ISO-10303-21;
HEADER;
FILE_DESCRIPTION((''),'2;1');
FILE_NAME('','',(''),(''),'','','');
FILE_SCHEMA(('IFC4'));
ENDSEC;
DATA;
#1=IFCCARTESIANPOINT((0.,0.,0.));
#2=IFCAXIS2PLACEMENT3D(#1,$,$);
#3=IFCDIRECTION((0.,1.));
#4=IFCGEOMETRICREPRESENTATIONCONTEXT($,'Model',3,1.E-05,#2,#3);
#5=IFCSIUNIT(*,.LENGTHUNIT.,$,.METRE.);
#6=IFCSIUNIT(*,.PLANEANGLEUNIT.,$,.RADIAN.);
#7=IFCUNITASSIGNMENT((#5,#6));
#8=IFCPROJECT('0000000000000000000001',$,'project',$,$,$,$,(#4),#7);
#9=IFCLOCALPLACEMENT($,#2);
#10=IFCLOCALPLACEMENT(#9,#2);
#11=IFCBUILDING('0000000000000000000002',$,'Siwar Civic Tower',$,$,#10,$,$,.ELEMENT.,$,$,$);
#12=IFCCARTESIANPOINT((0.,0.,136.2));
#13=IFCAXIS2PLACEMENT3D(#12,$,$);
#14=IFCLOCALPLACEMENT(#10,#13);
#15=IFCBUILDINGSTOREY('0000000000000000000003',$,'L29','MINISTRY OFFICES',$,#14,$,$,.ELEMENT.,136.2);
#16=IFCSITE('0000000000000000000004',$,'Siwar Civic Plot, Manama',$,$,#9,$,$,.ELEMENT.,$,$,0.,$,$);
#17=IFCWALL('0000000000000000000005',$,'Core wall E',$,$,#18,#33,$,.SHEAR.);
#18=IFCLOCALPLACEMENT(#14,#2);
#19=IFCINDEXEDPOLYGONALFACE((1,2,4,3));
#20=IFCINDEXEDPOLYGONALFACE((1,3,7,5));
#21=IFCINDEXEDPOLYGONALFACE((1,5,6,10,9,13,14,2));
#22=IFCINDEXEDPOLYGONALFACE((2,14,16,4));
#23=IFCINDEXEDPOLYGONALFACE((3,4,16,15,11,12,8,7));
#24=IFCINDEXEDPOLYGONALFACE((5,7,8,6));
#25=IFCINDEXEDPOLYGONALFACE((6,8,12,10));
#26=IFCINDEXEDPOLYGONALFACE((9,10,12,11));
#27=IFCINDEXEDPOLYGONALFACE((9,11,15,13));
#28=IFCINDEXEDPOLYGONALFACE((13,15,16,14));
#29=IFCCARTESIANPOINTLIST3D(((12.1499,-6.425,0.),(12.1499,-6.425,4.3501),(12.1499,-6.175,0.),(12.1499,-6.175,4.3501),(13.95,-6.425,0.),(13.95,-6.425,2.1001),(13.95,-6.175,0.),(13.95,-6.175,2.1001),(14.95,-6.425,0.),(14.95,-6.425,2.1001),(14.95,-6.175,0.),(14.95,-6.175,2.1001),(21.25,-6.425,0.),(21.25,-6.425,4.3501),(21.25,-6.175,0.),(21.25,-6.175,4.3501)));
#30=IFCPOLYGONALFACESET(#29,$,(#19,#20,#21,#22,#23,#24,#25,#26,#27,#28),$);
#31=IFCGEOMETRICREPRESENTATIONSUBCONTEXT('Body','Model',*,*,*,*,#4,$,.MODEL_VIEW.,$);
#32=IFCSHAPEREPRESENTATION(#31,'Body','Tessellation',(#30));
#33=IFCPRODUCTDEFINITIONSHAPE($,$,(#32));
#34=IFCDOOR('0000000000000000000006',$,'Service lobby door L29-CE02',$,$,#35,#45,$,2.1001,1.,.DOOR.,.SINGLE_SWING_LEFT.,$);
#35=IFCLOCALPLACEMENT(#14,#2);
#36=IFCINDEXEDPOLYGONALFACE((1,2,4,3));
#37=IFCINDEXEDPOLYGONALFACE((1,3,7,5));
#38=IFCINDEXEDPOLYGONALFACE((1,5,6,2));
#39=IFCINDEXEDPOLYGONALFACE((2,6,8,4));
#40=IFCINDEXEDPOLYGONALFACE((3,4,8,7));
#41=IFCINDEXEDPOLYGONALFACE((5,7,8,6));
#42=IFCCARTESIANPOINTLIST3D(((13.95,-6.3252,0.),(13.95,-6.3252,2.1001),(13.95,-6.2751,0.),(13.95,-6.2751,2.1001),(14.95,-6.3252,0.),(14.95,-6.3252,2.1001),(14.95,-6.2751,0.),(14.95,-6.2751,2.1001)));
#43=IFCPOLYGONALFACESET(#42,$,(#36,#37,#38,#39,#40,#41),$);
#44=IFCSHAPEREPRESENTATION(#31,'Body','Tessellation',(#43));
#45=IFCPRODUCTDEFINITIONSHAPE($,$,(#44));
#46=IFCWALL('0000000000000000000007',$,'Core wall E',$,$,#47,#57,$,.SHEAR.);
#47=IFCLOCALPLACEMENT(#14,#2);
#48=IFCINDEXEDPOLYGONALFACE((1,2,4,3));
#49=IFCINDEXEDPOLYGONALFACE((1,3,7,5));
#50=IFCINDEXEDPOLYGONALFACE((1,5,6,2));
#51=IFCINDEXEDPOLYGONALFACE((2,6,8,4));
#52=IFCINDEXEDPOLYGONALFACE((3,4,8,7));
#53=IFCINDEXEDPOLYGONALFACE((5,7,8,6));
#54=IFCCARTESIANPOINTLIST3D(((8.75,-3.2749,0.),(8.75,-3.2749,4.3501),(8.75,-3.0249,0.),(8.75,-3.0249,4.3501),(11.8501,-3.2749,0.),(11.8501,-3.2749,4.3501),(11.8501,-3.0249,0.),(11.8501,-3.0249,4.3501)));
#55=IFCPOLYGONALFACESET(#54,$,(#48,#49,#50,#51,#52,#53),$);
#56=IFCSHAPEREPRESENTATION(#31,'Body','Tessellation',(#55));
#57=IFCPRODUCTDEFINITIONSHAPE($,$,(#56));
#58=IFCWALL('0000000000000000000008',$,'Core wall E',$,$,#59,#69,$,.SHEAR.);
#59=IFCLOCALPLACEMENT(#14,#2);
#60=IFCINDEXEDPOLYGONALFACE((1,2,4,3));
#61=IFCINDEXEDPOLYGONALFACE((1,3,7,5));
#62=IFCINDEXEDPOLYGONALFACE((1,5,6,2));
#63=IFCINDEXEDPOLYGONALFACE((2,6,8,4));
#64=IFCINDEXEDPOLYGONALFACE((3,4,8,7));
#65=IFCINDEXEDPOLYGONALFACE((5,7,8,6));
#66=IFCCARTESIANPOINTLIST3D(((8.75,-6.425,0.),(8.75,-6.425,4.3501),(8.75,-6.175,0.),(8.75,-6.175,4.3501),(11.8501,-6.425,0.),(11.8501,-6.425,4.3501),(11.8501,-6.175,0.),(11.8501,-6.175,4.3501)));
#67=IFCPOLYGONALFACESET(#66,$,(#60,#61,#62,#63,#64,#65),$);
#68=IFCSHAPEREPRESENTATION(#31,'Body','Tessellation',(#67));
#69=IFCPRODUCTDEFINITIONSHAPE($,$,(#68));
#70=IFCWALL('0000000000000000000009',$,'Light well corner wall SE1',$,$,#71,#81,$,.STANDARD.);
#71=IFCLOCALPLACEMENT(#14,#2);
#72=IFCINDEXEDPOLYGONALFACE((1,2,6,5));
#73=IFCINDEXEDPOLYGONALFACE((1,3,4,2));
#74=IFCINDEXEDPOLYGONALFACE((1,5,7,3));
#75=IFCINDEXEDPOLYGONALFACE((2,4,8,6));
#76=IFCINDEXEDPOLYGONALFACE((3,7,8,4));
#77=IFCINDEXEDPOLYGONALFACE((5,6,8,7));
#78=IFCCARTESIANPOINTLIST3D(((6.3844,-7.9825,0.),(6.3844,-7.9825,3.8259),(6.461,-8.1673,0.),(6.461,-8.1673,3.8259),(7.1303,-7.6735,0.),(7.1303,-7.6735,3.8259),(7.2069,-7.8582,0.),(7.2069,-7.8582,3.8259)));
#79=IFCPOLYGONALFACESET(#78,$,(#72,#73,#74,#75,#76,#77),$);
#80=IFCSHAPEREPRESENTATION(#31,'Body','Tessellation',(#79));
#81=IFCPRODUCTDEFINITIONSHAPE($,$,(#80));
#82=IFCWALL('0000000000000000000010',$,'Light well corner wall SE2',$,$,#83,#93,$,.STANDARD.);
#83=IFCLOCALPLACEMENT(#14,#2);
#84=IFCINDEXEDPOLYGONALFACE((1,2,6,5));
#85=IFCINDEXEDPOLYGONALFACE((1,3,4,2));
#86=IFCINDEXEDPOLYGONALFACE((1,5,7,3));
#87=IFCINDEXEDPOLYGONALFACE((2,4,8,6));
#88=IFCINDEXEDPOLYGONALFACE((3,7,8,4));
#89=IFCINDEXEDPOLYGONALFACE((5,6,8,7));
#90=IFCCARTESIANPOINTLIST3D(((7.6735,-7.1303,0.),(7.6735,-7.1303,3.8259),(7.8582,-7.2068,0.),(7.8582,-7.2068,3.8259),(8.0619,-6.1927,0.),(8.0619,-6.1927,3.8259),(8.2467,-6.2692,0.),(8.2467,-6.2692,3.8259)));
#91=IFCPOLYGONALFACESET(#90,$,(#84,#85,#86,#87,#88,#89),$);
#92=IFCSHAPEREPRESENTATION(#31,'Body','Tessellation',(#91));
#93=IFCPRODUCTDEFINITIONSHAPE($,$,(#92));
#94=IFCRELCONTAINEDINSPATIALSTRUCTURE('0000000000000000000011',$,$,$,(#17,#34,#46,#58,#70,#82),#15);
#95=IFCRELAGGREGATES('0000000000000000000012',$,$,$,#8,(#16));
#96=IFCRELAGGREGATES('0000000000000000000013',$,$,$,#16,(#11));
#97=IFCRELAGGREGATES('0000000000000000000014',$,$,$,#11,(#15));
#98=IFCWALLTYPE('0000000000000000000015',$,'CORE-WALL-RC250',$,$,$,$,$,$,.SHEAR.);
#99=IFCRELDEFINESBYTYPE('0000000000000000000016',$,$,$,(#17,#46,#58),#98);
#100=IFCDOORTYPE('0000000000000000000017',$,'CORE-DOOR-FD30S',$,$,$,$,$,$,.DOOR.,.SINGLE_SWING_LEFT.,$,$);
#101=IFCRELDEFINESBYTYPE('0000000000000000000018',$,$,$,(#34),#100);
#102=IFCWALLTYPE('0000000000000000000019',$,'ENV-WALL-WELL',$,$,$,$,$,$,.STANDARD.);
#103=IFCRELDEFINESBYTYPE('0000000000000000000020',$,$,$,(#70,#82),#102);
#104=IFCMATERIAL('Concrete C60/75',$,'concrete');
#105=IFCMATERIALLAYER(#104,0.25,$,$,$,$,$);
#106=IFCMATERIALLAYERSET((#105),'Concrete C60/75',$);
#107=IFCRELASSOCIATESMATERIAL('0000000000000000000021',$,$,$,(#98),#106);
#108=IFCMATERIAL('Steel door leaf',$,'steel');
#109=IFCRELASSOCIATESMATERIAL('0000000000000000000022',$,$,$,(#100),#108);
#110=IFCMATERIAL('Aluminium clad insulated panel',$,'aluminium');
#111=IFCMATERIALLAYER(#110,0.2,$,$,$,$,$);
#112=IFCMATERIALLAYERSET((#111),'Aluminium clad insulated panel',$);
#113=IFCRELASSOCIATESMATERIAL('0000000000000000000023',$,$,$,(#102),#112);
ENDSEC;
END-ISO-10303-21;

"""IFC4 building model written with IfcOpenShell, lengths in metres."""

from ifc_helpers import new_model, si_unit, direction, frame, frame_2d, origin, place, context, subcontext, project, spatial, rectangle, extrude, material, layer, layer_set, type_object, element, fill, save


model = new_model("IFC4")

# Units and contexts
model_context = context("Model", 3, precision=1e-05, world=origin(), true_north=direction((0.0, 1.0)))
body_context = subcontext(model_context, "Body", "Model", "MODEL_VIEW")
ifc_project = project(units=[si_unit("LENGTHUNIT", "METRE"), si_unit("PLANEANGLEUNIT", "RADIAN")], contexts=[model_context])

# Site, building, storey
site_placement = place(None, origin())
site = spatial("IfcSite", under=ifc_project, at=site_placement, Name="Siwar Civic Plot, Manama", CompositionType="ELEMENT", RefElevation=0.0)
building_placement = place(site_placement, origin())
building = spatial("IfcBuilding", under=site, at=building_placement, Name="Siwar Civic Tower", CompositionType="ELEMENT")
storey_placement = place(building_placement, frame((0.0, 0.0, 136.2)))
storey = spatial("IfcBuildingStorey", under=building, at=storey_placement, Name="L29", Description="MINISTRY OFFICES", CompositionType="ELEMENT", Elevation=136.2)

# Wall, opening, door
ifc_material_1 = material(Name="Concrete C60/75", Category="concrete")
ifc_layer_1 = layer(ifc_material_1, 0.25)
ifc_layer_set_1 = layer_set([ifc_layer_1], Name="Concrete C60/75")
wall_type_1 = type_object("IfcWallType", Name="CORE-WALL-RC250", PredefinedType="SHEAR", material=ifc_layer_set_1)
wall_1_placement = place(storey_placement, frame((12.1499, -6.3, 0.0), z_axis=(0.0, 0.0, 1.0), x_axis=(1.0, 0.0, 0.0)))
wall_1 = element("IfcWall", 1, at=wall_1_placement, inside=storey, type_object=wall_type_1, Name="Core wall E", PredefinedType="SHEAR", context=body_context, shape_type="SweptSolid", body=[
    extrude(rectangle(XDim=9.1001, YDim=0.25, at=frame_2d((4.55, 0.0))), origin(), (0.0, 0.0, 1.0), 4.3501),
])
opening_placement = place(wall_1_placement, frame((1.8, 0.0, 0.0)))
opening = element("IfcOpeningElement", 2, at=opening_placement, cuts=wall_1, PredefinedType="OPENING", context=body_context, shape_type="SweptSolid", body=[
    extrude(rectangle(XDim=1.0, YDim=2.1001, at=frame_2d((0.5, 1.05))), frame((0.0, 0.135, 0.0), z_axis=(0.0, -1.0, 0.0), x_axis=(1.0, 0.0, 0.0)), (0.0, 0.0, 1.0), 0.27),
])
ifc_material_2 = material(Name="Steel door leaf", Category="steel")
door_type = type_object("IfcDoorType", Name="CORE-DOOR-FD30S", OperationType="SINGLE_SWING_LEFT", PredefinedType="DOOR", material=ifc_material_2)
door_placement = place(opening_placement, origin())
door = element("IfcDoor", 3, at=door_placement, inside=storey, type_object=door_type, Name="Service lobby door L29-CE02", OperationType="SINGLE_SWING_LEFT", OverallHeight=2.1001, OverallWidth=1.0, PredefinedType="DOOR", context=body_context, shape_type="SweptSolid", body=[
    extrude(rectangle(XDim=1.0, YDim=2.1001, at=frame_2d((0.5, 1.05))), frame((0.0, 0.0249, 0.0), z_axis=(0.0, -1.0, 0.0), x_axis=(1.0, 0.0, 0.0)), (0.0, 0.0, 1.0), 0.05),
])
fill(opening, door)

# Walls
for number, where, z_axis, x_axis, name in (
    (4, (8.75, -3.1499, 0.0), (0.0, 0.0, 1.0), (1.0, 0.0, 0.0), "Core wall E"),
    (5, (8.75, -6.3, 0.0), (0.0, 0.0, 1.0), (1.0, 0.0, 0.0), "Core wall E"),
):
    element("IfcWall", number, at=place(storey_placement, frame(where, z_axis=z_axis, x_axis=x_axis)), inside=storey, type_object=wall_type_1, Name=name, PredefinedType="SHEAR", context=body_context, shape_type="SweptSolid", body=[
        extrude(rectangle(XDim=3.1001, YDim=0.25, at=frame_2d((1.55, 0.0))), origin(), (0.0, 0.0, 1.0), 4.3501),
    ])
ifc_material_3 = material(Name="Aluminium clad insulated panel", Category="aluminium")
ifc_layer_2 = layer(ifc_material_3, 0.2)
ifc_layer_set_2 = layer_set([ifc_layer_2], Name="Aluminium clad insulated panel")
wall_type_2 = type_object("IfcWallType", Name="ENV-WALL-WELL", PredefinedType="STANDARD", material=ifc_layer_set_2)
wall_2_placement = place(storey_placement, frame((6.4226, -8.075, 0.0), z_axis=(0.0, 0.0, 1.0), x_axis=(0.923818, 0.382833, 0.0)))
element("IfcWall", 6, at=wall_2_placement, inside=storey, type_object=wall_type_2, Name="Light well corner wall SE1", PredefinedType="STANDARD", context=body_context, shape_type="SweptSolid", body=[
    extrude(rectangle(XDim=0.8074, YDim=0.2, at=frame_2d((0.4038, 0.0))), origin(), (0.0, 0.0, 1.0), 3.8259),
])
wall_3_placement = place(storey_placement, frame((7.7659, -7.1685, 0.0), z_axis=(0.0, 0.0, 1.0), x_axis=(0.38277, 0.923844, 0.0)))
element("IfcWall", 7, at=wall_3_placement, inside=storey, type_object=wall_type_2, Name="Light well corner wall SE2", PredefinedType="STANDARD", context=body_context, shape_type="SweptSolid", body=[
    extrude(rectangle(XDim=1.0149, YDim=0.2, at=frame_2d((0.5073, 0.0))), origin(), (0.0, 0.0, 1.0), 3.8259),
])

save(model, "model.ifc")
